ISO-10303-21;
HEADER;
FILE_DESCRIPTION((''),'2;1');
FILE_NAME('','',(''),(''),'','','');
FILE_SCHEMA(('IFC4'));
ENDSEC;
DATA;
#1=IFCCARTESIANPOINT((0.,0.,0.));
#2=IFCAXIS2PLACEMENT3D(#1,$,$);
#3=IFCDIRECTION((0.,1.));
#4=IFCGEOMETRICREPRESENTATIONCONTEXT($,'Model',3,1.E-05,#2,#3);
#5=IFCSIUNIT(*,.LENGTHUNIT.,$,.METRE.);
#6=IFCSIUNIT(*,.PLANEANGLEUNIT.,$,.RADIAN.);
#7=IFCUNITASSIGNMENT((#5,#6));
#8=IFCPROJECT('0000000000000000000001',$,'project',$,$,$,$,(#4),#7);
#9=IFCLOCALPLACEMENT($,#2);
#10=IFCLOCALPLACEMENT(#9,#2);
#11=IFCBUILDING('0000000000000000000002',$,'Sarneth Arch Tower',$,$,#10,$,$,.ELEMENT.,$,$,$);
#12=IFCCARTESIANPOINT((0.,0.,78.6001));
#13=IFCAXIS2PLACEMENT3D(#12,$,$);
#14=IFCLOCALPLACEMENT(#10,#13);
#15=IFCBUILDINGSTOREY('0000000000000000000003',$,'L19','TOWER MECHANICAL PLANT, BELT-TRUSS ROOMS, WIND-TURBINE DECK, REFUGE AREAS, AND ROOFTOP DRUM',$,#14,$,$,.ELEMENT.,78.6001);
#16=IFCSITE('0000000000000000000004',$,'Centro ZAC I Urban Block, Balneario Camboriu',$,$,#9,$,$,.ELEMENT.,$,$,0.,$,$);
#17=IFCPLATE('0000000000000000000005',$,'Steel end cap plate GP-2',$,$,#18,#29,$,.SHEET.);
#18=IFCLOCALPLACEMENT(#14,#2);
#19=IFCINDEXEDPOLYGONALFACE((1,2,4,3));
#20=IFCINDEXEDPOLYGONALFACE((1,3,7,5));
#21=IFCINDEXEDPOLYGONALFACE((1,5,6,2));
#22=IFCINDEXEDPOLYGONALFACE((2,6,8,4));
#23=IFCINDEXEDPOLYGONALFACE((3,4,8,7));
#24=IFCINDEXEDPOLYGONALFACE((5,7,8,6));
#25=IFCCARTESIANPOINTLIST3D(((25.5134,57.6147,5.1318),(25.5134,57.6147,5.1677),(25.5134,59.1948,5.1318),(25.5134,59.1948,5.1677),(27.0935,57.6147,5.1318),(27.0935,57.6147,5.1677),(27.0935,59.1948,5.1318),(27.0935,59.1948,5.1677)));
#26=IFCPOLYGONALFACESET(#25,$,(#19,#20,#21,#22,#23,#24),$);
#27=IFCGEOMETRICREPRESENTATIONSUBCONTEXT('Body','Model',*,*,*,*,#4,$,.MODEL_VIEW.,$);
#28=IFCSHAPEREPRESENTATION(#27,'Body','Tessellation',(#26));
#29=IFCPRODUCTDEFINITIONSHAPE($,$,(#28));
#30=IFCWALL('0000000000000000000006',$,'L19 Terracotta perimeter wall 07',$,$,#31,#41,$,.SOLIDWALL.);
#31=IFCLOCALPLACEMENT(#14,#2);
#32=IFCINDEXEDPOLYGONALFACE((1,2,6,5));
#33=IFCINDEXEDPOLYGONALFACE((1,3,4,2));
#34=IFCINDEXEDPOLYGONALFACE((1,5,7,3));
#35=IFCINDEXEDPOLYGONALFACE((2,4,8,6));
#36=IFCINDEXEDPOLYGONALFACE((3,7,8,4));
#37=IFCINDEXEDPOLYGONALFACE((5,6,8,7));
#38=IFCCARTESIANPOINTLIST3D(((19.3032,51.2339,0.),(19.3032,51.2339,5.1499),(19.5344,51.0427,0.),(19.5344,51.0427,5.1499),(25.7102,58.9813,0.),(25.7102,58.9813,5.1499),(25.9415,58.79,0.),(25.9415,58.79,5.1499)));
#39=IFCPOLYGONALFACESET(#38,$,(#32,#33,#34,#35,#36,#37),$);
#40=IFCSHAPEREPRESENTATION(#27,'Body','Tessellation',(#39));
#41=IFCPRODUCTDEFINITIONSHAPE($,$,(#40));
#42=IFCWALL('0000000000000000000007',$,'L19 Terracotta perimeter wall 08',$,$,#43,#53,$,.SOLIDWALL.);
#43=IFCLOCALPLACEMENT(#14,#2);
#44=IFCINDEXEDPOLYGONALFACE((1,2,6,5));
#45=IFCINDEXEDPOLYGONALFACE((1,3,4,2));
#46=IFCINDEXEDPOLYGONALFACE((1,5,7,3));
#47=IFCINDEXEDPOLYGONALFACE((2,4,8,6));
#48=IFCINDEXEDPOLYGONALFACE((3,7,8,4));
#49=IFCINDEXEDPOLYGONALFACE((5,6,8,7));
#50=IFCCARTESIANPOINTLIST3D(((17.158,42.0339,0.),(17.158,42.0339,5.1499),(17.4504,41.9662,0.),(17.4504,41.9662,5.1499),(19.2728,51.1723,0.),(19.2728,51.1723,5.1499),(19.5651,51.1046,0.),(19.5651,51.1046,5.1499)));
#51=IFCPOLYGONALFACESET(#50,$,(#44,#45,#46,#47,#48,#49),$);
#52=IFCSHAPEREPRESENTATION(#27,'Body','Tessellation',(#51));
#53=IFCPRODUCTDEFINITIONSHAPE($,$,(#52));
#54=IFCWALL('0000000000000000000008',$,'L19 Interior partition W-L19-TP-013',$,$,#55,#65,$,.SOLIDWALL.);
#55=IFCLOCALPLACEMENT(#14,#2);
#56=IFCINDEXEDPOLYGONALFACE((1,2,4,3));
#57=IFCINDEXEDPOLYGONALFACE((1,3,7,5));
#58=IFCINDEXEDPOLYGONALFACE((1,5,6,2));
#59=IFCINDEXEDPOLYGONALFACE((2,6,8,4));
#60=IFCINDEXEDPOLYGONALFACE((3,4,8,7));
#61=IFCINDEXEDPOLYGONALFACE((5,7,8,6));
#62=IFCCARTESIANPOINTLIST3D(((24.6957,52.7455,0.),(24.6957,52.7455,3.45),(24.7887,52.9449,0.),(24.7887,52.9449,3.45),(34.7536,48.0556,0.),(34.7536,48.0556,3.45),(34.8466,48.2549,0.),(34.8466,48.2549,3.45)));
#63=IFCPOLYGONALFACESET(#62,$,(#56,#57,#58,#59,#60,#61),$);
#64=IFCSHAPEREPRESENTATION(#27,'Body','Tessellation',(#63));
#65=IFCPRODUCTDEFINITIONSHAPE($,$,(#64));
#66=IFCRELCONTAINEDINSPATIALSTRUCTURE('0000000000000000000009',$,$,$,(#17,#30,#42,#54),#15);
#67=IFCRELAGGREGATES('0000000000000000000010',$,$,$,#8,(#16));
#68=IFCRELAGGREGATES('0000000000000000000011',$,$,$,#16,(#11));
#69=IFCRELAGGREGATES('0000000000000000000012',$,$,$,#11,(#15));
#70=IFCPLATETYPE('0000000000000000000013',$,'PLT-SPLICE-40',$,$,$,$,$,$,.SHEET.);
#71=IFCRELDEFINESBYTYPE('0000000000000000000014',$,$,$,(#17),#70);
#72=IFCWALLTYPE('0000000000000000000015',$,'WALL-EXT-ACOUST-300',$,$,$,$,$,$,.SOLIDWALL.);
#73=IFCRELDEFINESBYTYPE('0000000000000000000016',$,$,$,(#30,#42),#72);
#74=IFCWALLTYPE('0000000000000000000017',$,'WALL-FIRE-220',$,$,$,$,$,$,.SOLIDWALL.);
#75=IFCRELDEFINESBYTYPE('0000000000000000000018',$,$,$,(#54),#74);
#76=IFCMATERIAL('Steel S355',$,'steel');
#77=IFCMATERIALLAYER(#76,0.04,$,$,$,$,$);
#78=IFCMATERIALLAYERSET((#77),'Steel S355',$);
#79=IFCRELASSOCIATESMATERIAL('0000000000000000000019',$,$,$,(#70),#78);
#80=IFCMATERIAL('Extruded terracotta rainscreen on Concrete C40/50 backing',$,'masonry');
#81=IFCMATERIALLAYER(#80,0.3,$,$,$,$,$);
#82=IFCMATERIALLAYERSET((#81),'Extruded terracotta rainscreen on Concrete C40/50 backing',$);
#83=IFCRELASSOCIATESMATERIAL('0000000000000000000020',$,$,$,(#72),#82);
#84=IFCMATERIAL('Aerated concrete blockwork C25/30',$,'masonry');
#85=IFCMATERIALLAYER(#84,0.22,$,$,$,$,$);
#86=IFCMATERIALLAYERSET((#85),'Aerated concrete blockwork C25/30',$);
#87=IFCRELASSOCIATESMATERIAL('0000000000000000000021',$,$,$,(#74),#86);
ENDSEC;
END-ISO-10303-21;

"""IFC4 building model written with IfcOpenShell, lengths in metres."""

from ifc_helpers import new_model, si_unit, direction, frame, frame_2d, origin, origin_2d, place, context, subcontext, project, spatial, rectangle, extrude, material, layer, layer_set, type_object, element, save


model = new_model("IFC4")

# Units and contexts
model_context = context("Model", 3, precision=1e-05, world=origin(), true_north=direction((0.0, 1.0)))
body_context = subcontext(model_context, "Body", "Model", "MODEL_VIEW")
ifc_project = project(units=[si_unit("LENGTHUNIT", "METRE"), si_unit("PLANEANGLEUNIT", "RADIAN")], contexts=[model_context])

# Site, building, storey
site_placement = place(None, origin())
site = spatial("IfcSite", under=ifc_project, at=site_placement, Name="Centro ZAC I Urban Block, Balneario Camboriu", CompositionType="ELEMENT", RefElevation=0.0)
building_placement = place(site_placement, origin())
building = spatial("IfcBuilding", under=site, at=building_placement, Name="Sarneth Arch Tower", CompositionType="ELEMENT")
storey_placement = place(building_placement, frame((0.0, 0.0, 78.6001)))
storey = spatial("IfcBuildingStorey", under=building, at=storey_placement, Name="L19", Description="TOWER MECHANICAL PLANT, BELT-TRUSS ROOMS, WIND-TURBINE DECK, REFUGE AREAS, AND ROOFTOP DRUM", CompositionType="ELEMENT", Elevation=78.6001)

# Plate
ifc_material_1 = material(Name="Steel S355", Category="steel")
ifc_layer_1 = layer(ifc_material_1, 0.04)
ifc_layer_set_1 = layer_set([ifc_layer_1], Name="Steel S355")
plate_type_1 = type_object("IfcPlateType", Name="PLT-SPLICE-40", PredefinedType="SHEET", material=ifc_layer_set_1)
plate_1_placement = place(storey_placement, frame((26.3035, 58.4048, 5.1318), z_axis=(0.0, 0.0, 1.0), x_axis=(1.0, 0.0, 0.0)))
element("IfcPlate", 1, at=plate_1_placement, inside=storey, type_object=plate_type_1, Name="Steel end cap plate GP-2", PredefinedType="SHEET", context=body_context, shape_type="SweptSolid", body=[
    extrude(rectangle(XDim=1.5801, YDim=1.5801, at=origin_2d()), origin(), (0.0, 0.0, 1.0), 0.0359),
])

# Walls
ifc_material_2 = material(Name="Extruded terracotta rainscreen on Concrete C40/50 backing", Category="masonry")
ifc_layer_2 = layer(ifc_material_2, 0.3)
ifc_layer_set_2 = layer_set([ifc_layer_2], Name="Extruded terracotta rainscreen on Concrete C40/50 backing")
wall_type_1 = type_object("IfcWallType", Name="WALL-EXT-ACOUST-300", PredefinedType="SOLIDWALL", material=ifc_layer_set_2)
wall_1_placement = place(storey_placement, frame((25.8259, 58.8857, 0.0), z_axis=(0.0, 0.0, 1.0), x_axis=(-0.637297, -0.770618, 0.0)))
element("IfcWall", 2, at=wall_1_placement, inside=storey, type_object=wall_type_1, Name="L19 Terracotta perimeter wall 07", PredefinedType="SOLIDWALL", context=body_context, shape_type="SweptSolid", body=[
    extrude(rectangle(XDim=10.0535, YDim=0.3, at=frame_2d((5.0269, 0.0))), origin(), (0.0, 0.0, 1.0), 5.1499),
])
wall_2_placement = place(storey_placement, frame((19.4189, 51.1384, 0.0), z_axis=(0.0, 0.0, 1.0), x_axis=(-0.225454, -0.974254, 0.0)))
element("IfcWall", 3, at=wall_2_placement, inside=storey, type_object=wall_type_1, Name="L19 Terracotta perimeter wall 08", PredefinedType="SOLIDWALL", context=body_context, shape_type="SweptSolid", body=[
    extrude(rectangle(XDim=9.3799, YDim=0.3, at=frame_2d((4.6899, 0.0))), origin(), (0.0, 0.0, 1.0), 5.1499),
])
ifc_material_3 = material(Name="Aerated concrete blockwork C25/30", Category="masonry")
ifc_layer_3 = layer(ifc_material_3, 0.22)
ifc_layer_set_3 = layer_set([ifc_layer_3], Name="Aerated concrete blockwork C25/30")
wall_type_2 = type_object("IfcWallType", Name="WALL-FIRE-220", PredefinedType="SOLIDWALL", material=ifc_layer_set_3)
wall_3_placement = place(storey_placement, frame((24.7422, 52.8452, 0.0), z_axis=(0.0, 0.0, 1.0), x_axis=(0.906312, -0.42261, 0.0)))
element("IfcWall", 4, at=wall_3_placement, inside=storey, type_object=wall_type_2, Name="L19 Interior partition W-L19-TP-013", PredefinedType="SOLIDWALL", context=body_context, shape_type="SweptSolid", body=[
    extrude(rectangle(XDim=11.0977, YDim=0.22, at=frame_2d((5.5488, 0.0))), origin(), (0.0, 0.0, 1.0), 3.45),
])

save(model, "model.ifc")
